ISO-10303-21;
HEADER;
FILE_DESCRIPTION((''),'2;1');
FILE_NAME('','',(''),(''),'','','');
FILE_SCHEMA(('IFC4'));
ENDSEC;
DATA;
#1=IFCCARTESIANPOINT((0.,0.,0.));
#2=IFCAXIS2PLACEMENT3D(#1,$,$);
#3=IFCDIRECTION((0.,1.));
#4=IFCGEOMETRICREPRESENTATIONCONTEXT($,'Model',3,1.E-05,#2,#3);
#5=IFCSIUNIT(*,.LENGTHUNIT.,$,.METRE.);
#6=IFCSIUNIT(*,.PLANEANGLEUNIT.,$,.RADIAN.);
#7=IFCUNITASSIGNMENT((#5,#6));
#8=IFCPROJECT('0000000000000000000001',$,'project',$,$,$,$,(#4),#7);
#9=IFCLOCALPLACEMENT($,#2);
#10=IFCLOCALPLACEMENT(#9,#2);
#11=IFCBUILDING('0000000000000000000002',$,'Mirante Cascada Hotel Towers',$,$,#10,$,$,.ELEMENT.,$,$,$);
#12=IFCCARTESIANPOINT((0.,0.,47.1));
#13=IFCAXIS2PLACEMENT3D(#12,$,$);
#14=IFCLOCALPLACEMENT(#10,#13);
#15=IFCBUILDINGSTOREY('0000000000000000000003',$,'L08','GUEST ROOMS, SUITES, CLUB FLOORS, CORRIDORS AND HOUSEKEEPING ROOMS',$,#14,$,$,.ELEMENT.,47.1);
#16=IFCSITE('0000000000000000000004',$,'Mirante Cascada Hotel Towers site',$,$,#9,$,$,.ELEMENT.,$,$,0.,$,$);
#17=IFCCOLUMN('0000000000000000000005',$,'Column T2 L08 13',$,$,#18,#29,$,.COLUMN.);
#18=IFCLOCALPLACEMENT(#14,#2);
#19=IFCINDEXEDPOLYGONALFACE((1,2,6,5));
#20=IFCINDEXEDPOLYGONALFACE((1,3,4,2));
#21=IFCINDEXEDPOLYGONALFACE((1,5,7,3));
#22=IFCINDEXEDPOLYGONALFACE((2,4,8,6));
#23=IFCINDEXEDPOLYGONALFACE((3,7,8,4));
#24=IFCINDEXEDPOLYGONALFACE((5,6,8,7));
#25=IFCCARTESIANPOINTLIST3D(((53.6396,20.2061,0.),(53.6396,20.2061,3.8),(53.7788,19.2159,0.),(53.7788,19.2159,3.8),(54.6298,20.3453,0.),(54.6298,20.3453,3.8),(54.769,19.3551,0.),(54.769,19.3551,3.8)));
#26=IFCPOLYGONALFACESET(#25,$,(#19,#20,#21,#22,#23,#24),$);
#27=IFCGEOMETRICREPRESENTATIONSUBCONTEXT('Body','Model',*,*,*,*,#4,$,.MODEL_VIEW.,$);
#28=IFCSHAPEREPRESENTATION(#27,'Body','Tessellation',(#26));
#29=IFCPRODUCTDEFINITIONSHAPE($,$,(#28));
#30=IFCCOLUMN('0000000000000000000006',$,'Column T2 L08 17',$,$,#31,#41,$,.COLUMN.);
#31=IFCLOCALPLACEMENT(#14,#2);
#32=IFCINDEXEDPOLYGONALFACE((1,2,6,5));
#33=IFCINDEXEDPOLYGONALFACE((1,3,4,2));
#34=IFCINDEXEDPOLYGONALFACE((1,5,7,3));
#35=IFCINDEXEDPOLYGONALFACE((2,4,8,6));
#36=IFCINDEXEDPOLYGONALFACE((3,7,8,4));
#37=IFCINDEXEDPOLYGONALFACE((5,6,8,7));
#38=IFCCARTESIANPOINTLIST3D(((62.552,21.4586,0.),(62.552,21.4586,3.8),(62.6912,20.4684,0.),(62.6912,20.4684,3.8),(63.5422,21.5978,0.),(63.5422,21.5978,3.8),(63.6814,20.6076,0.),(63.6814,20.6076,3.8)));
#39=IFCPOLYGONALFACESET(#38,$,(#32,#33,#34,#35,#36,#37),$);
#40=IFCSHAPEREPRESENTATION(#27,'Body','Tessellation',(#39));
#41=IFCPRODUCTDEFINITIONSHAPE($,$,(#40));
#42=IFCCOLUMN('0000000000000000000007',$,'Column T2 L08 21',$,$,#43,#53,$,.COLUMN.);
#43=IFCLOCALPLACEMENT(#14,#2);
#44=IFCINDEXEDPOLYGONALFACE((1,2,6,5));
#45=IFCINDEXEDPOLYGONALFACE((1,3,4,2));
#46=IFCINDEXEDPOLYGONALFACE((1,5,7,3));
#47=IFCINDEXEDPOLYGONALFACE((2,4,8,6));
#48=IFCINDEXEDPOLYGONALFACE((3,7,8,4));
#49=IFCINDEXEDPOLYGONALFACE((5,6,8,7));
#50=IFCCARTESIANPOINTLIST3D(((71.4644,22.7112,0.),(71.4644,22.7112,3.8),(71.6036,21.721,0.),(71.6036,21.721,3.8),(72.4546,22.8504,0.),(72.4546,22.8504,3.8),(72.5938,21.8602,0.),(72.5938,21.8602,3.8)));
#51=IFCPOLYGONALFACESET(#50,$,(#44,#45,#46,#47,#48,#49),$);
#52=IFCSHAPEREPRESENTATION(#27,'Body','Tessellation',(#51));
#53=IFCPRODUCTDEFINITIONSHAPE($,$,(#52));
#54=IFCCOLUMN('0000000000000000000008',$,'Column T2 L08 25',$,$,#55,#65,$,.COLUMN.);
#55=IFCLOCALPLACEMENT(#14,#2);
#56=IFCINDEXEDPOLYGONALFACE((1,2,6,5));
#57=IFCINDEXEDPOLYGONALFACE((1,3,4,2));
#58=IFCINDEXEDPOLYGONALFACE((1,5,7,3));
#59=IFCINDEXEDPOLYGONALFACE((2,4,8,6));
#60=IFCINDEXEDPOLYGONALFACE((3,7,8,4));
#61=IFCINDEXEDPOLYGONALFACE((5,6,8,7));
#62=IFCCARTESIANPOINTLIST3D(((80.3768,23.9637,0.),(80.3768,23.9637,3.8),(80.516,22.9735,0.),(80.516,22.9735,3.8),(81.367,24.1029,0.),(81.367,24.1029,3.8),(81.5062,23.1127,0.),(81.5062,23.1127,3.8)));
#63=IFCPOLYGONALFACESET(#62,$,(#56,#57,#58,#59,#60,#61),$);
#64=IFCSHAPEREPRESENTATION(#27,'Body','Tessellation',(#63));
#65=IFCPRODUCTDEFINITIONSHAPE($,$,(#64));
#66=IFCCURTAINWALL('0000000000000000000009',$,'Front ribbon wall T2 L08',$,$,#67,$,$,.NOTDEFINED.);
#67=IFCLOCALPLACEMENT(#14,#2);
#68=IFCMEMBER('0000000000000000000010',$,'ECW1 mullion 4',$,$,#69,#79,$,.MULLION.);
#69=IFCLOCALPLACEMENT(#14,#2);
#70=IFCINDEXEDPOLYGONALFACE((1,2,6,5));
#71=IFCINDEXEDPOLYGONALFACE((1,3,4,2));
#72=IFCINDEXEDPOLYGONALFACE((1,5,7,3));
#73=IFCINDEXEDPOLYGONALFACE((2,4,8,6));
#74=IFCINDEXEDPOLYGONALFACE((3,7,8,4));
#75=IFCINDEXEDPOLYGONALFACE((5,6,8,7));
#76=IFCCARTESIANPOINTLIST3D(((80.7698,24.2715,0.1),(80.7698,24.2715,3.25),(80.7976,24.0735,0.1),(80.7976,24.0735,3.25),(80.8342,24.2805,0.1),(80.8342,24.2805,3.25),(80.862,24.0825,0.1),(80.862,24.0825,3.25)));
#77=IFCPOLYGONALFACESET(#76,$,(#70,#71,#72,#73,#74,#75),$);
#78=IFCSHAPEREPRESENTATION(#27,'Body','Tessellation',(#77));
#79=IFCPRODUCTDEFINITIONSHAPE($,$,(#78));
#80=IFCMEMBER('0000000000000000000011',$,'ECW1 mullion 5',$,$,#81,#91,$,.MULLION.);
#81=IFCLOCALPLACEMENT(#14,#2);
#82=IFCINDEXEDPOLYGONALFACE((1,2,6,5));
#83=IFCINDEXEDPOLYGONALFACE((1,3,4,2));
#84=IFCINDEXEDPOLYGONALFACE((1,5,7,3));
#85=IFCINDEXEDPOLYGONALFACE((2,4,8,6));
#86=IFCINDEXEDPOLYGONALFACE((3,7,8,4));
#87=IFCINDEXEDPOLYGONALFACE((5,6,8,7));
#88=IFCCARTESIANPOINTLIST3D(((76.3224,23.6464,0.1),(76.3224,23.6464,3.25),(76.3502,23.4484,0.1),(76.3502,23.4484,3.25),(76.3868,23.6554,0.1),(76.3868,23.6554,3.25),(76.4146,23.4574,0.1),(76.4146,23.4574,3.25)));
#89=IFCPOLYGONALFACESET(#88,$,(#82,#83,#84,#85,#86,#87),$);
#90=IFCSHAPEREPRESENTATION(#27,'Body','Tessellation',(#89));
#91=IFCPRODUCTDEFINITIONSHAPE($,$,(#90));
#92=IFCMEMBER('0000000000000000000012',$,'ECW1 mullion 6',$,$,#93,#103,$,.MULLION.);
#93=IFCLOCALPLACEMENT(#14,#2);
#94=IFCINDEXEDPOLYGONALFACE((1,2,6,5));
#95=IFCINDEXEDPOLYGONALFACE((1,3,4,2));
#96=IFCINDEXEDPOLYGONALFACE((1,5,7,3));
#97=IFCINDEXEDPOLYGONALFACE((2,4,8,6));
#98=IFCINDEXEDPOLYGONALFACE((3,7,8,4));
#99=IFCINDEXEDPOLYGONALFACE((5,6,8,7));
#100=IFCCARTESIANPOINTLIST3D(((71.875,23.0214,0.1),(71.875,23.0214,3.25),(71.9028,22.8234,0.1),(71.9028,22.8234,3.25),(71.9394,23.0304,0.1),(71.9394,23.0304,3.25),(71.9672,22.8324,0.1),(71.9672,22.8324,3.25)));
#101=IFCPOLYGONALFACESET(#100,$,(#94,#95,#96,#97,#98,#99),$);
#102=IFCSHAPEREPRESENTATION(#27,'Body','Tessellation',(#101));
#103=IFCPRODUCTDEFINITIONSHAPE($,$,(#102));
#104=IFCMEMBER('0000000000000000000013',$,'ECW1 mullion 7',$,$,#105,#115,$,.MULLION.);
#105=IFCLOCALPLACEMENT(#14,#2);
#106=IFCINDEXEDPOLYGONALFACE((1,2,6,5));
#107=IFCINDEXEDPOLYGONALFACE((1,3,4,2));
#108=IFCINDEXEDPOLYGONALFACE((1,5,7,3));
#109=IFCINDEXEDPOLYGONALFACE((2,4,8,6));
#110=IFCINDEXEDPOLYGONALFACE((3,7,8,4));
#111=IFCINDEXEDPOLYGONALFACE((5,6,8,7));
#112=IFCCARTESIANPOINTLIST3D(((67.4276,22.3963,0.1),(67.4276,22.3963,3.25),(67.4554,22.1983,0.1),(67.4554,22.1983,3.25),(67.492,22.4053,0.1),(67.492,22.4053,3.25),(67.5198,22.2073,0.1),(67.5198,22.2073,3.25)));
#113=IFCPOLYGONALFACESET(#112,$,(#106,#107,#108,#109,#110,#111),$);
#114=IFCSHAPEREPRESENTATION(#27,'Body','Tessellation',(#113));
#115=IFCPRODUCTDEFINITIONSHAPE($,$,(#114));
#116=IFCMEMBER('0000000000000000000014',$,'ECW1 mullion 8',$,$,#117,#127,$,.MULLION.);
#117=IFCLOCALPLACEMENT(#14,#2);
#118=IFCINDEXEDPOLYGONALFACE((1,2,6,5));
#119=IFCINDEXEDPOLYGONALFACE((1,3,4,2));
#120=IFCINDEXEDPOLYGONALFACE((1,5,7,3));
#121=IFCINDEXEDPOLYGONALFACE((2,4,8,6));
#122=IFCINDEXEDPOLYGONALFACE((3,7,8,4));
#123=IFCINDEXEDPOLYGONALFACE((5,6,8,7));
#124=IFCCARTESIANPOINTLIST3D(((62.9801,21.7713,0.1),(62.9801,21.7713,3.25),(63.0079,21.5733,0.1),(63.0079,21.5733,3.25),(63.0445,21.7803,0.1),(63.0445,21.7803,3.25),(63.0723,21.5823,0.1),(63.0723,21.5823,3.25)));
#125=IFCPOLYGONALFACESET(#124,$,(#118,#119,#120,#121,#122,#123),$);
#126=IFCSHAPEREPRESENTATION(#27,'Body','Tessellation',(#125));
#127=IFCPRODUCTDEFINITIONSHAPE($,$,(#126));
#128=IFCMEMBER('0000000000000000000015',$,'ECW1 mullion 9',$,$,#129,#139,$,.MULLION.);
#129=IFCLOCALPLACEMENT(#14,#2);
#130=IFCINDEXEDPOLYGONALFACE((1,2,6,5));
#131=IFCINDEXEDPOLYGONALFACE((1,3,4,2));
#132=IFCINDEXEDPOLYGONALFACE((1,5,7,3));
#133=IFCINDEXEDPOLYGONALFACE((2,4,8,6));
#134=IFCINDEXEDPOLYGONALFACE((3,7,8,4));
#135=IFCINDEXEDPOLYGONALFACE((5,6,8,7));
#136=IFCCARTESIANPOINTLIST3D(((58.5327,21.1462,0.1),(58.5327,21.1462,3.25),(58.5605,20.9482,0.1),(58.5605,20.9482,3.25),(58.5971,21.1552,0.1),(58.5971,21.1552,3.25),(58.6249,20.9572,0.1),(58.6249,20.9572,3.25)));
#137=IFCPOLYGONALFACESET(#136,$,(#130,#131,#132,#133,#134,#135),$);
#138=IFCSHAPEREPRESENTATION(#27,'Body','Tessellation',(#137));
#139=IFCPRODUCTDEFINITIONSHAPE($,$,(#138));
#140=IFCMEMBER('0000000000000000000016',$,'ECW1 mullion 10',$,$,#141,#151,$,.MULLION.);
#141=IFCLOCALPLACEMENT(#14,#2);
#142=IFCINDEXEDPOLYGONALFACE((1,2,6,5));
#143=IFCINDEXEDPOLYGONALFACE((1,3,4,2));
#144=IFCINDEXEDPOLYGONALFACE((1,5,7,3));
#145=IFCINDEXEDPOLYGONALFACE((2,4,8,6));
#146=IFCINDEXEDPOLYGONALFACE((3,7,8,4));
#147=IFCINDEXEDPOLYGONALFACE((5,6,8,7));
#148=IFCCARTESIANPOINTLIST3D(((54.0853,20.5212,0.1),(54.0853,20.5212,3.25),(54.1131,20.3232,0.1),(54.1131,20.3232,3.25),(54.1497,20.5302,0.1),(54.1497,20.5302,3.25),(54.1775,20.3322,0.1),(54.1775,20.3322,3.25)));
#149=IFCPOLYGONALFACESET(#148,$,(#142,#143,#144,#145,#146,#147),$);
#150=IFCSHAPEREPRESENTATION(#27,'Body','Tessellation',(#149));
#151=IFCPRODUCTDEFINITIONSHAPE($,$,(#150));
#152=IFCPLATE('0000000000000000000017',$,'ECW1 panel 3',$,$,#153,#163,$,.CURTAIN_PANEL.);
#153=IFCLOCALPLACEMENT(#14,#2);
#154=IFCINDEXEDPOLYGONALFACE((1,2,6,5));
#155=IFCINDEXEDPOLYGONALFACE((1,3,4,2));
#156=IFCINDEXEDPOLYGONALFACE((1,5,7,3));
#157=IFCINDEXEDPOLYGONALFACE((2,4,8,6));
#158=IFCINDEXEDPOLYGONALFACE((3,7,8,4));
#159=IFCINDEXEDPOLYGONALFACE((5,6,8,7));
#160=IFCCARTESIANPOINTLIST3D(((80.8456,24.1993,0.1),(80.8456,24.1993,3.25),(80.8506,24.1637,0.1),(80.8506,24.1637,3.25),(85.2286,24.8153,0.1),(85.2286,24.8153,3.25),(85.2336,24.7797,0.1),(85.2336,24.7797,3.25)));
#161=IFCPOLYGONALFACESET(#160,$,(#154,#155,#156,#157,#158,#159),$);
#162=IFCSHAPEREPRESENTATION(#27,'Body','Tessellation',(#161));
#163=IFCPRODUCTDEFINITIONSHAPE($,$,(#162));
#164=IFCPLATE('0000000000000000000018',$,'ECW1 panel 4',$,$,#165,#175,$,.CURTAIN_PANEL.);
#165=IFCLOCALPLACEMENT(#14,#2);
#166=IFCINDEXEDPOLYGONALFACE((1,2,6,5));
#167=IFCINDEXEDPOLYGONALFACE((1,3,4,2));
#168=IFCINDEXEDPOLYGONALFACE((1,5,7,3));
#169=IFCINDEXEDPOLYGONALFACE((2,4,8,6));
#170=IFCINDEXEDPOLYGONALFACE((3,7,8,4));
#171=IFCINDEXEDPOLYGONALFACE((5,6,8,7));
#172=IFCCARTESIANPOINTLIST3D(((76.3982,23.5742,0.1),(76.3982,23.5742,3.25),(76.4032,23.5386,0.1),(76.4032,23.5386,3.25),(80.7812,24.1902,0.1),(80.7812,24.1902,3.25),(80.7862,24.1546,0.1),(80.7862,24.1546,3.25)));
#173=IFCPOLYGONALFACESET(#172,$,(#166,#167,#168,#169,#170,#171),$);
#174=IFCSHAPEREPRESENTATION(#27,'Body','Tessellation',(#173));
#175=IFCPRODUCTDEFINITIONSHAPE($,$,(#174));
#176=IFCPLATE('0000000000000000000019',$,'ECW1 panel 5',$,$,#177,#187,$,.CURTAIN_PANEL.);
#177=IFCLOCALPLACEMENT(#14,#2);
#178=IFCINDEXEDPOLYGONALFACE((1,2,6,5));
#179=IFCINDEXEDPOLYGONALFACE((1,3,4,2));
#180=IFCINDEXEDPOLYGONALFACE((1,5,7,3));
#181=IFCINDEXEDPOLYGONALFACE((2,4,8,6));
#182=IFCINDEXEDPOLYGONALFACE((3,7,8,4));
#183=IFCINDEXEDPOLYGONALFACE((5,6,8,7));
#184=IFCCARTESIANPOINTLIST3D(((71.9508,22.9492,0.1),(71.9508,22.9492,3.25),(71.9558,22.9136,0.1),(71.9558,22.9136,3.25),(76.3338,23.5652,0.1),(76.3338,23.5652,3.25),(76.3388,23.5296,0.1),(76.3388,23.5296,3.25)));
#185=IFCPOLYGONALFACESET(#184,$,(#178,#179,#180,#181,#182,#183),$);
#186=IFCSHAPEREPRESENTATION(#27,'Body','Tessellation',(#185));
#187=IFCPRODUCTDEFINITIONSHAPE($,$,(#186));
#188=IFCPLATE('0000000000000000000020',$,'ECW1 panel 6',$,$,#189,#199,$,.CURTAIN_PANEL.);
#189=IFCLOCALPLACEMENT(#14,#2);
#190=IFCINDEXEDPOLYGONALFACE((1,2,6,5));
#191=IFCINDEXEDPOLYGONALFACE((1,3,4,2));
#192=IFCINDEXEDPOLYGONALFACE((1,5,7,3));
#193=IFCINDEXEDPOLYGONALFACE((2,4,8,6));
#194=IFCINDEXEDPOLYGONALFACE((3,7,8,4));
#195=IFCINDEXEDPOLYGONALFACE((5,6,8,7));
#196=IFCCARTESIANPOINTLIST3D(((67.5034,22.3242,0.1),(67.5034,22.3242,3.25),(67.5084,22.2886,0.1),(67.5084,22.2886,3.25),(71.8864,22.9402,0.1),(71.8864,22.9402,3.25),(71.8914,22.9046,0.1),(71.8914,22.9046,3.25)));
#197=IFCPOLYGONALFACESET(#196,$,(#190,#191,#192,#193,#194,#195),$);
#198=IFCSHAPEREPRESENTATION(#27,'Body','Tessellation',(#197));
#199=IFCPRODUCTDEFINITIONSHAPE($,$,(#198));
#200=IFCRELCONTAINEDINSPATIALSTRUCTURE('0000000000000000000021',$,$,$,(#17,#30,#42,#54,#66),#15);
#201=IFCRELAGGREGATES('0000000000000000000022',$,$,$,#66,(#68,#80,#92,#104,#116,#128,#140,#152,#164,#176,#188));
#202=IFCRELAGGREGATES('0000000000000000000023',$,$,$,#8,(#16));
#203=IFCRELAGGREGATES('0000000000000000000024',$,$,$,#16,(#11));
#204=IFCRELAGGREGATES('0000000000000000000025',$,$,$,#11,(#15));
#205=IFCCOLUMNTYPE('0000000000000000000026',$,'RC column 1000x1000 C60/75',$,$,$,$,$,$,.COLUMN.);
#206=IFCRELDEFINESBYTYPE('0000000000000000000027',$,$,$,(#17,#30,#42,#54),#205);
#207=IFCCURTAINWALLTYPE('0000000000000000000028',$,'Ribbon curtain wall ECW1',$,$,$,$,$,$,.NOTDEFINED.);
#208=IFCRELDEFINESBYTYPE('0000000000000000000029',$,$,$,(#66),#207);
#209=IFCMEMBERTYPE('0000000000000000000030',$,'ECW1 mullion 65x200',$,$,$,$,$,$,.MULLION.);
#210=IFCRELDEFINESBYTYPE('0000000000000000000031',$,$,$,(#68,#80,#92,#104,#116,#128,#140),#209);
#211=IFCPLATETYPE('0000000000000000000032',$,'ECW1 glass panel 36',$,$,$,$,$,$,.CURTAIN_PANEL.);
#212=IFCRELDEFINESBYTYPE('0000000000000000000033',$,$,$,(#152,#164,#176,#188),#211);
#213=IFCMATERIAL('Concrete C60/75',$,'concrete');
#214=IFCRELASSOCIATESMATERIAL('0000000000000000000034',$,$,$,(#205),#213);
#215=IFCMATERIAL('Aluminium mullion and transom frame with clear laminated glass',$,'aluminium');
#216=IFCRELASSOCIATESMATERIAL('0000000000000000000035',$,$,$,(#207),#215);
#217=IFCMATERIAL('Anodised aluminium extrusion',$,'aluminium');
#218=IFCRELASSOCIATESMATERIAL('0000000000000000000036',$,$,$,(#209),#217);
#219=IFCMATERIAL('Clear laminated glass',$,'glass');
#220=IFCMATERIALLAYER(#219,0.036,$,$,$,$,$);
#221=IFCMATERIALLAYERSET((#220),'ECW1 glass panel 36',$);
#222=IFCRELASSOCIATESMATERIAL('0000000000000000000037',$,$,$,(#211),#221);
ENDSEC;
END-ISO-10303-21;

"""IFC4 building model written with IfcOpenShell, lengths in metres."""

from ifc_helpers import new_model, si_unit, direction, frame, origin, origin_2d, place, context, subcontext, project, spatial, rectangle, extrude, material, layer, layer_set, material_profile, profile_set, type_object, element, aggregate, save


model = new_model("IFC4")

# Units and contexts
model_context = context("Model", 3, precision=1e-05, world=origin(), true_north=direction((0.0, 1.0)))
body_context = subcontext(model_context, "Body", "Model", "MODEL_VIEW")
ifc_project = project(units=[si_unit("LENGTHUNIT", "METRE"), si_unit("PLANEANGLEUNIT", "RADIAN")], contexts=[model_context])

# Site, building, storey
site_placement = place(None, origin())
site = spatial("IfcSite", under=ifc_project, at=site_placement, Name="Mirante Cascada Hotel Towers site", CompositionType="ELEMENT", RefElevation=0.0)
building_placement = place(site_placement, origin())
building = spatial("IfcBuilding", under=site, at=building_placement, Name="Mirante Cascada Hotel Towers", CompositionType="ELEMENT")
storey_placement = place(building_placement, frame((0.0, 0.0, 47.1)))
storey = spatial("IfcBuildingStorey", under=building, at=storey_placement, Name="L08", Description="GUEST ROOMS, SUITES, CLUB FLOORS, CORRIDORS AND HOUSEKEEPING ROOMS", CompositionType="ELEMENT", Elevation=47.1)

# Columns
ifc_material_1 = material(Name="Concrete C60/75", Category="concrete")
ifc_material_profile_1 = material_profile(ifc_material_1, rectangle(XDim=1.0, YDim=1.0, at=origin_2d()), Name="RC column 1000x1000 C60/75")
ifc_profile_set_1 = profile_set([ifc_material_profile_1], Name="Concrete C60/75")
column_type = type_object("IfcColumnType", Name="RC column 1000x1000 C60/75", PredefinedType="COLUMN", material=ifc_profile_set_1)
for number, where, z_axis, x_axis, name in (
    (1, (54.2043, 19.7806, 0.0), (0.0, 0.0, 1.0), (0.990268, 0.139173, 0.0), "Column T2 L08 13"),
    (2, (63.1167, 21.0331, 0.0), (0.0, 0.0, 1.0), (0.990268, 0.139173, 0.0), "Column T2 L08 17"),
    (3, (72.0291, 22.2857, 0.0), (0.0, 0.0, 1.0), (0.990268, 0.139173, 0.0), "Column T2 L08 21"),
    (4, (80.9415, 23.5382, 0.0), (0.0, 0.0, 1.0), (0.990268, 0.139173, 0.0), "Column T2 L08 25"),
):
    element("IfcColumn", number, at=place(storey_placement, frame(where, z_axis=z_axis, x_axis=x_axis)), inside=storey, type_object=column_type, Name=name, PredefinedType="COLUMN", context=body_context, shape_type="SweptSolid", body=[
        extrude(rectangle(XDim=1.0, YDim=1.0, at=origin_2d()), origin(), (0.0, 0.0, 1.0), 3.8),
    ])

# Curtain wall, members, plates
ifc_material_2 = material(Name="Aluminium mullion and transom frame with clear laminated glass", Category="aluminium")
curtain_wall_type = type_object("IfcCurtainWallType", Name="Ribbon curtain wall ECW1", PredefinedType="NOTDEFINED", material=ifc_material_2)
curtain_wall_placement = place(storey_placement, origin())
curtain_wall = element("IfcCurtainWall", 5, at=curtain_wall_placement, inside=storey, type_object=curtain_wall_type, Name="Front ribbon wall T2 L08", PredefinedType="NOTDEFINED")
ifc_material_3 = material(Name="Anodised aluminium extrusion", Category="aluminium")
ifc_material_profile_2 = material_profile(ifc_material_3, rectangle(XDim=0.2, YDim=0.065, at=origin_2d()), Name="ECW1 MULLION 65x200")
ifc_profile_set_2 = profile_set([ifc_material_profile_2], Name="Anodised aluminium extrusion")
member_type = type_object("IfcMemberType", Name="ECW1 mullion 65x200", PredefinedType="MULLION", material=ifc_profile_set_2)
member_1_placement = place(storey_placement, frame((80.8159, 24.177, 0.1), z_axis=(0.0, 0.0, 1.0), x_axis=(0.139173, -0.990268, 0.0)))
member_1 = element("IfcMember", 6, at=member_1_placement, type_object=member_type, Name="ECW1 mullion 4", PredefinedType="MULLION", context=body_context, shape_type="SweptSolid", body=[
    extrude(rectangle(XDim=0.2, YDim=0.065, at=origin_2d()), origin(), (0.0, 0.0, 1.0), 3.15),
])
member_2_placement = place(storey_placement, frame((76.3685, 23.5519, 0.1), z_axis=(0.0, 0.0, 1.0), x_axis=(0.139173, -0.990268, 0.0)))
member_2 = element("IfcMember", 7, at=member_2_placement, type_object=member_type, Name="ECW1 mullion 5", PredefinedType="MULLION", context=body_context, shape_type="SweptSolid", body=[
    extrude(rectangle(XDim=0.2, YDim=0.065, at=origin_2d()), origin(), (0.0, 0.0, 1.0), 3.15),
])
member_3_placement = place(storey_placement, frame((71.9211, 22.9269, 0.1), z_axis=(0.0, 0.0, 1.0), x_axis=(0.139173, -0.990268, 0.0)))
member_3 = element("IfcMember", 8, at=member_3_placement, type_object=member_type, Name="ECW1 mullion 6", PredefinedType="MULLION", context=body_context, shape_type="SweptSolid", body=[
    extrude(rectangle(XDim=0.2, YDim=0.065, at=origin_2d()), origin(), (0.0, 0.0, 1.0), 3.15),
])
member_4_placement = place(storey_placement, frame((67.4737, 22.3018, 0.1), z_axis=(0.0, 0.0, 1.0), x_axis=(0.139173, -0.990268, 0.0)))
member_4 = element("IfcMember", 9, at=member_4_placement, type_object=member_type, Name="ECW1 mullion 7", PredefinedType="MULLION", context=body_context, shape_type="SweptSolid", body=[
    extrude(rectangle(XDim=0.2, YDim=0.065, at=origin_2d()), origin(), (0.0, 0.0, 1.0), 3.15),
])
member_5_placement = place(storey_placement, frame((63.0262, 21.6768, 0.1), z_axis=(0.0, 0.0, 1.0), x_axis=(0.139173, -0.990268, 0.0)))
member_5 = element("IfcMember", 10, at=member_5_placement, type_object=member_type, Name="ECW1 mullion 8", PredefinedType="MULLION", context=body_context, shape_type="SweptSolid", body=[
    extrude(rectangle(XDim=0.2, YDim=0.065, at=origin_2d()), origin(), (0.0, 0.0, 1.0), 3.15),
])
member_6_placement = place(storey_placement, frame((58.5788, 21.0517, 0.1), z_axis=(0.0, 0.0, 1.0), x_axis=(0.139173, -0.990268, 0.0)))
member_6 = element("IfcMember", 11, at=member_6_placement, type_object=member_type, Name="ECW1 mullion 9", PredefinedType="MULLION", context=body_context, shape_type="SweptSolid", body=[
    extrude(rectangle(XDim=0.2, YDim=0.065, at=origin_2d()), origin(), (0.0, 0.0, 1.0), 3.15),
])
member_7_placement = place(storey_placement, frame((54.1314, 20.4267, 0.1), z_axis=(0.0, 0.0, 1.0), x_axis=(0.139173, -0.990268, 0.0)))
member_7 = element("IfcMember", 12, at=member_7_placement, type_object=member_type, Name="ECW1 mullion 10", PredefinedType="MULLION", context=body_context, shape_type="SweptSolid", body=[
    extrude(rectangle(XDim=0.2, YDim=0.065, at=origin_2d()), origin(), (0.0, 0.0, 1.0), 3.15),
])
ifc_material_4 = material(Name="Clear laminated glass", Category="glass")
ifc_layer_1 = layer(ifc_material_4, 0.036)
ifc_layer_set_1 = layer_set([ifc_layer_1], Name="ECW1 glass panel 36")
plate_type = type_object("IfcPlateType", Name="ECW1 glass panel 36", PredefinedType="CURTAIN_PANEL", material=ifc_layer_set_1)
plate_1_placement = place(storey_placement, frame((83.0396, 24.4895, 0.1), z_axis=(0.0, 0.0, 1.0), x_axis=(-0.990268, -0.139173, 0.0)))
plate_1 = element("IfcPlate", 13, at=plate_1_placement, type_object=plate_type, Name="ECW1 panel 3", PredefinedType="CURTAIN_PANEL", context=body_context, shape_type="SweptSolid", body=[
    extrude(rectangle(XDim=4.4261, YDim=0.036, at=origin_2d()), origin(), (0.0, 0.0, 1.0), 3.15),
])
plate_2_placement = place(storey_placement, frame((78.5922, 23.8644, 0.1), z_axis=(0.0, 0.0, 1.0), x_axis=(-0.990268, -0.139173, 0.0)))
plate_2 = element("IfcPlate", 14, at=plate_2_placement, type_object=plate_type, Name="ECW1 panel 4", PredefinedType="CURTAIN_PANEL", context=body_context, shape_type="SweptSolid", body=[
    extrude(rectangle(XDim=4.4261, YDim=0.036, at=origin_2d()), origin(), (0.0, 0.0, 1.0), 3.15),
])
plate_3_placement = place(storey_placement, frame((74.1448, 23.2394, 0.1), z_axis=(0.0, 0.0, 1.0), x_axis=(-0.990268, -0.139173, 0.0)))
plate_3 = element("IfcPlate", 15, at=plate_3_placement, type_object=plate_type, Name="ECW1 panel 5", PredefinedType="CURTAIN_PANEL", context=body_context, shape_type="SweptSolid", body=[
    extrude(rectangle(XDim=4.4261, YDim=0.036, at=origin_2d()), origin(), (0.0, 0.0, 1.0), 3.15),
])
plate_4_placement = place(storey_placement, frame((69.6974, 22.6144, 0.1), z_axis=(0.0, 0.0, 1.0), x_axis=(-0.990268, -0.139173, 0.0)))
plate_4 = element("IfcPlate", 16, at=plate_4_placement, type_object=plate_type, Name="ECW1 panel 6", PredefinedType="CURTAIN_PANEL", context=body_context, shape_type="SweptSolid", body=[
    extrude(rectangle(XDim=4.4261, YDim=0.036, at=origin_2d()), origin(), (0.0, 0.0, 1.0), 3.15),
])
aggregate(curtain_wall, [member_1, member_2, member_3, member_4, member_5, member_6, member_7, plate_1, plate_2, plate_3, plate_4])

save(model, "model.ifc")
